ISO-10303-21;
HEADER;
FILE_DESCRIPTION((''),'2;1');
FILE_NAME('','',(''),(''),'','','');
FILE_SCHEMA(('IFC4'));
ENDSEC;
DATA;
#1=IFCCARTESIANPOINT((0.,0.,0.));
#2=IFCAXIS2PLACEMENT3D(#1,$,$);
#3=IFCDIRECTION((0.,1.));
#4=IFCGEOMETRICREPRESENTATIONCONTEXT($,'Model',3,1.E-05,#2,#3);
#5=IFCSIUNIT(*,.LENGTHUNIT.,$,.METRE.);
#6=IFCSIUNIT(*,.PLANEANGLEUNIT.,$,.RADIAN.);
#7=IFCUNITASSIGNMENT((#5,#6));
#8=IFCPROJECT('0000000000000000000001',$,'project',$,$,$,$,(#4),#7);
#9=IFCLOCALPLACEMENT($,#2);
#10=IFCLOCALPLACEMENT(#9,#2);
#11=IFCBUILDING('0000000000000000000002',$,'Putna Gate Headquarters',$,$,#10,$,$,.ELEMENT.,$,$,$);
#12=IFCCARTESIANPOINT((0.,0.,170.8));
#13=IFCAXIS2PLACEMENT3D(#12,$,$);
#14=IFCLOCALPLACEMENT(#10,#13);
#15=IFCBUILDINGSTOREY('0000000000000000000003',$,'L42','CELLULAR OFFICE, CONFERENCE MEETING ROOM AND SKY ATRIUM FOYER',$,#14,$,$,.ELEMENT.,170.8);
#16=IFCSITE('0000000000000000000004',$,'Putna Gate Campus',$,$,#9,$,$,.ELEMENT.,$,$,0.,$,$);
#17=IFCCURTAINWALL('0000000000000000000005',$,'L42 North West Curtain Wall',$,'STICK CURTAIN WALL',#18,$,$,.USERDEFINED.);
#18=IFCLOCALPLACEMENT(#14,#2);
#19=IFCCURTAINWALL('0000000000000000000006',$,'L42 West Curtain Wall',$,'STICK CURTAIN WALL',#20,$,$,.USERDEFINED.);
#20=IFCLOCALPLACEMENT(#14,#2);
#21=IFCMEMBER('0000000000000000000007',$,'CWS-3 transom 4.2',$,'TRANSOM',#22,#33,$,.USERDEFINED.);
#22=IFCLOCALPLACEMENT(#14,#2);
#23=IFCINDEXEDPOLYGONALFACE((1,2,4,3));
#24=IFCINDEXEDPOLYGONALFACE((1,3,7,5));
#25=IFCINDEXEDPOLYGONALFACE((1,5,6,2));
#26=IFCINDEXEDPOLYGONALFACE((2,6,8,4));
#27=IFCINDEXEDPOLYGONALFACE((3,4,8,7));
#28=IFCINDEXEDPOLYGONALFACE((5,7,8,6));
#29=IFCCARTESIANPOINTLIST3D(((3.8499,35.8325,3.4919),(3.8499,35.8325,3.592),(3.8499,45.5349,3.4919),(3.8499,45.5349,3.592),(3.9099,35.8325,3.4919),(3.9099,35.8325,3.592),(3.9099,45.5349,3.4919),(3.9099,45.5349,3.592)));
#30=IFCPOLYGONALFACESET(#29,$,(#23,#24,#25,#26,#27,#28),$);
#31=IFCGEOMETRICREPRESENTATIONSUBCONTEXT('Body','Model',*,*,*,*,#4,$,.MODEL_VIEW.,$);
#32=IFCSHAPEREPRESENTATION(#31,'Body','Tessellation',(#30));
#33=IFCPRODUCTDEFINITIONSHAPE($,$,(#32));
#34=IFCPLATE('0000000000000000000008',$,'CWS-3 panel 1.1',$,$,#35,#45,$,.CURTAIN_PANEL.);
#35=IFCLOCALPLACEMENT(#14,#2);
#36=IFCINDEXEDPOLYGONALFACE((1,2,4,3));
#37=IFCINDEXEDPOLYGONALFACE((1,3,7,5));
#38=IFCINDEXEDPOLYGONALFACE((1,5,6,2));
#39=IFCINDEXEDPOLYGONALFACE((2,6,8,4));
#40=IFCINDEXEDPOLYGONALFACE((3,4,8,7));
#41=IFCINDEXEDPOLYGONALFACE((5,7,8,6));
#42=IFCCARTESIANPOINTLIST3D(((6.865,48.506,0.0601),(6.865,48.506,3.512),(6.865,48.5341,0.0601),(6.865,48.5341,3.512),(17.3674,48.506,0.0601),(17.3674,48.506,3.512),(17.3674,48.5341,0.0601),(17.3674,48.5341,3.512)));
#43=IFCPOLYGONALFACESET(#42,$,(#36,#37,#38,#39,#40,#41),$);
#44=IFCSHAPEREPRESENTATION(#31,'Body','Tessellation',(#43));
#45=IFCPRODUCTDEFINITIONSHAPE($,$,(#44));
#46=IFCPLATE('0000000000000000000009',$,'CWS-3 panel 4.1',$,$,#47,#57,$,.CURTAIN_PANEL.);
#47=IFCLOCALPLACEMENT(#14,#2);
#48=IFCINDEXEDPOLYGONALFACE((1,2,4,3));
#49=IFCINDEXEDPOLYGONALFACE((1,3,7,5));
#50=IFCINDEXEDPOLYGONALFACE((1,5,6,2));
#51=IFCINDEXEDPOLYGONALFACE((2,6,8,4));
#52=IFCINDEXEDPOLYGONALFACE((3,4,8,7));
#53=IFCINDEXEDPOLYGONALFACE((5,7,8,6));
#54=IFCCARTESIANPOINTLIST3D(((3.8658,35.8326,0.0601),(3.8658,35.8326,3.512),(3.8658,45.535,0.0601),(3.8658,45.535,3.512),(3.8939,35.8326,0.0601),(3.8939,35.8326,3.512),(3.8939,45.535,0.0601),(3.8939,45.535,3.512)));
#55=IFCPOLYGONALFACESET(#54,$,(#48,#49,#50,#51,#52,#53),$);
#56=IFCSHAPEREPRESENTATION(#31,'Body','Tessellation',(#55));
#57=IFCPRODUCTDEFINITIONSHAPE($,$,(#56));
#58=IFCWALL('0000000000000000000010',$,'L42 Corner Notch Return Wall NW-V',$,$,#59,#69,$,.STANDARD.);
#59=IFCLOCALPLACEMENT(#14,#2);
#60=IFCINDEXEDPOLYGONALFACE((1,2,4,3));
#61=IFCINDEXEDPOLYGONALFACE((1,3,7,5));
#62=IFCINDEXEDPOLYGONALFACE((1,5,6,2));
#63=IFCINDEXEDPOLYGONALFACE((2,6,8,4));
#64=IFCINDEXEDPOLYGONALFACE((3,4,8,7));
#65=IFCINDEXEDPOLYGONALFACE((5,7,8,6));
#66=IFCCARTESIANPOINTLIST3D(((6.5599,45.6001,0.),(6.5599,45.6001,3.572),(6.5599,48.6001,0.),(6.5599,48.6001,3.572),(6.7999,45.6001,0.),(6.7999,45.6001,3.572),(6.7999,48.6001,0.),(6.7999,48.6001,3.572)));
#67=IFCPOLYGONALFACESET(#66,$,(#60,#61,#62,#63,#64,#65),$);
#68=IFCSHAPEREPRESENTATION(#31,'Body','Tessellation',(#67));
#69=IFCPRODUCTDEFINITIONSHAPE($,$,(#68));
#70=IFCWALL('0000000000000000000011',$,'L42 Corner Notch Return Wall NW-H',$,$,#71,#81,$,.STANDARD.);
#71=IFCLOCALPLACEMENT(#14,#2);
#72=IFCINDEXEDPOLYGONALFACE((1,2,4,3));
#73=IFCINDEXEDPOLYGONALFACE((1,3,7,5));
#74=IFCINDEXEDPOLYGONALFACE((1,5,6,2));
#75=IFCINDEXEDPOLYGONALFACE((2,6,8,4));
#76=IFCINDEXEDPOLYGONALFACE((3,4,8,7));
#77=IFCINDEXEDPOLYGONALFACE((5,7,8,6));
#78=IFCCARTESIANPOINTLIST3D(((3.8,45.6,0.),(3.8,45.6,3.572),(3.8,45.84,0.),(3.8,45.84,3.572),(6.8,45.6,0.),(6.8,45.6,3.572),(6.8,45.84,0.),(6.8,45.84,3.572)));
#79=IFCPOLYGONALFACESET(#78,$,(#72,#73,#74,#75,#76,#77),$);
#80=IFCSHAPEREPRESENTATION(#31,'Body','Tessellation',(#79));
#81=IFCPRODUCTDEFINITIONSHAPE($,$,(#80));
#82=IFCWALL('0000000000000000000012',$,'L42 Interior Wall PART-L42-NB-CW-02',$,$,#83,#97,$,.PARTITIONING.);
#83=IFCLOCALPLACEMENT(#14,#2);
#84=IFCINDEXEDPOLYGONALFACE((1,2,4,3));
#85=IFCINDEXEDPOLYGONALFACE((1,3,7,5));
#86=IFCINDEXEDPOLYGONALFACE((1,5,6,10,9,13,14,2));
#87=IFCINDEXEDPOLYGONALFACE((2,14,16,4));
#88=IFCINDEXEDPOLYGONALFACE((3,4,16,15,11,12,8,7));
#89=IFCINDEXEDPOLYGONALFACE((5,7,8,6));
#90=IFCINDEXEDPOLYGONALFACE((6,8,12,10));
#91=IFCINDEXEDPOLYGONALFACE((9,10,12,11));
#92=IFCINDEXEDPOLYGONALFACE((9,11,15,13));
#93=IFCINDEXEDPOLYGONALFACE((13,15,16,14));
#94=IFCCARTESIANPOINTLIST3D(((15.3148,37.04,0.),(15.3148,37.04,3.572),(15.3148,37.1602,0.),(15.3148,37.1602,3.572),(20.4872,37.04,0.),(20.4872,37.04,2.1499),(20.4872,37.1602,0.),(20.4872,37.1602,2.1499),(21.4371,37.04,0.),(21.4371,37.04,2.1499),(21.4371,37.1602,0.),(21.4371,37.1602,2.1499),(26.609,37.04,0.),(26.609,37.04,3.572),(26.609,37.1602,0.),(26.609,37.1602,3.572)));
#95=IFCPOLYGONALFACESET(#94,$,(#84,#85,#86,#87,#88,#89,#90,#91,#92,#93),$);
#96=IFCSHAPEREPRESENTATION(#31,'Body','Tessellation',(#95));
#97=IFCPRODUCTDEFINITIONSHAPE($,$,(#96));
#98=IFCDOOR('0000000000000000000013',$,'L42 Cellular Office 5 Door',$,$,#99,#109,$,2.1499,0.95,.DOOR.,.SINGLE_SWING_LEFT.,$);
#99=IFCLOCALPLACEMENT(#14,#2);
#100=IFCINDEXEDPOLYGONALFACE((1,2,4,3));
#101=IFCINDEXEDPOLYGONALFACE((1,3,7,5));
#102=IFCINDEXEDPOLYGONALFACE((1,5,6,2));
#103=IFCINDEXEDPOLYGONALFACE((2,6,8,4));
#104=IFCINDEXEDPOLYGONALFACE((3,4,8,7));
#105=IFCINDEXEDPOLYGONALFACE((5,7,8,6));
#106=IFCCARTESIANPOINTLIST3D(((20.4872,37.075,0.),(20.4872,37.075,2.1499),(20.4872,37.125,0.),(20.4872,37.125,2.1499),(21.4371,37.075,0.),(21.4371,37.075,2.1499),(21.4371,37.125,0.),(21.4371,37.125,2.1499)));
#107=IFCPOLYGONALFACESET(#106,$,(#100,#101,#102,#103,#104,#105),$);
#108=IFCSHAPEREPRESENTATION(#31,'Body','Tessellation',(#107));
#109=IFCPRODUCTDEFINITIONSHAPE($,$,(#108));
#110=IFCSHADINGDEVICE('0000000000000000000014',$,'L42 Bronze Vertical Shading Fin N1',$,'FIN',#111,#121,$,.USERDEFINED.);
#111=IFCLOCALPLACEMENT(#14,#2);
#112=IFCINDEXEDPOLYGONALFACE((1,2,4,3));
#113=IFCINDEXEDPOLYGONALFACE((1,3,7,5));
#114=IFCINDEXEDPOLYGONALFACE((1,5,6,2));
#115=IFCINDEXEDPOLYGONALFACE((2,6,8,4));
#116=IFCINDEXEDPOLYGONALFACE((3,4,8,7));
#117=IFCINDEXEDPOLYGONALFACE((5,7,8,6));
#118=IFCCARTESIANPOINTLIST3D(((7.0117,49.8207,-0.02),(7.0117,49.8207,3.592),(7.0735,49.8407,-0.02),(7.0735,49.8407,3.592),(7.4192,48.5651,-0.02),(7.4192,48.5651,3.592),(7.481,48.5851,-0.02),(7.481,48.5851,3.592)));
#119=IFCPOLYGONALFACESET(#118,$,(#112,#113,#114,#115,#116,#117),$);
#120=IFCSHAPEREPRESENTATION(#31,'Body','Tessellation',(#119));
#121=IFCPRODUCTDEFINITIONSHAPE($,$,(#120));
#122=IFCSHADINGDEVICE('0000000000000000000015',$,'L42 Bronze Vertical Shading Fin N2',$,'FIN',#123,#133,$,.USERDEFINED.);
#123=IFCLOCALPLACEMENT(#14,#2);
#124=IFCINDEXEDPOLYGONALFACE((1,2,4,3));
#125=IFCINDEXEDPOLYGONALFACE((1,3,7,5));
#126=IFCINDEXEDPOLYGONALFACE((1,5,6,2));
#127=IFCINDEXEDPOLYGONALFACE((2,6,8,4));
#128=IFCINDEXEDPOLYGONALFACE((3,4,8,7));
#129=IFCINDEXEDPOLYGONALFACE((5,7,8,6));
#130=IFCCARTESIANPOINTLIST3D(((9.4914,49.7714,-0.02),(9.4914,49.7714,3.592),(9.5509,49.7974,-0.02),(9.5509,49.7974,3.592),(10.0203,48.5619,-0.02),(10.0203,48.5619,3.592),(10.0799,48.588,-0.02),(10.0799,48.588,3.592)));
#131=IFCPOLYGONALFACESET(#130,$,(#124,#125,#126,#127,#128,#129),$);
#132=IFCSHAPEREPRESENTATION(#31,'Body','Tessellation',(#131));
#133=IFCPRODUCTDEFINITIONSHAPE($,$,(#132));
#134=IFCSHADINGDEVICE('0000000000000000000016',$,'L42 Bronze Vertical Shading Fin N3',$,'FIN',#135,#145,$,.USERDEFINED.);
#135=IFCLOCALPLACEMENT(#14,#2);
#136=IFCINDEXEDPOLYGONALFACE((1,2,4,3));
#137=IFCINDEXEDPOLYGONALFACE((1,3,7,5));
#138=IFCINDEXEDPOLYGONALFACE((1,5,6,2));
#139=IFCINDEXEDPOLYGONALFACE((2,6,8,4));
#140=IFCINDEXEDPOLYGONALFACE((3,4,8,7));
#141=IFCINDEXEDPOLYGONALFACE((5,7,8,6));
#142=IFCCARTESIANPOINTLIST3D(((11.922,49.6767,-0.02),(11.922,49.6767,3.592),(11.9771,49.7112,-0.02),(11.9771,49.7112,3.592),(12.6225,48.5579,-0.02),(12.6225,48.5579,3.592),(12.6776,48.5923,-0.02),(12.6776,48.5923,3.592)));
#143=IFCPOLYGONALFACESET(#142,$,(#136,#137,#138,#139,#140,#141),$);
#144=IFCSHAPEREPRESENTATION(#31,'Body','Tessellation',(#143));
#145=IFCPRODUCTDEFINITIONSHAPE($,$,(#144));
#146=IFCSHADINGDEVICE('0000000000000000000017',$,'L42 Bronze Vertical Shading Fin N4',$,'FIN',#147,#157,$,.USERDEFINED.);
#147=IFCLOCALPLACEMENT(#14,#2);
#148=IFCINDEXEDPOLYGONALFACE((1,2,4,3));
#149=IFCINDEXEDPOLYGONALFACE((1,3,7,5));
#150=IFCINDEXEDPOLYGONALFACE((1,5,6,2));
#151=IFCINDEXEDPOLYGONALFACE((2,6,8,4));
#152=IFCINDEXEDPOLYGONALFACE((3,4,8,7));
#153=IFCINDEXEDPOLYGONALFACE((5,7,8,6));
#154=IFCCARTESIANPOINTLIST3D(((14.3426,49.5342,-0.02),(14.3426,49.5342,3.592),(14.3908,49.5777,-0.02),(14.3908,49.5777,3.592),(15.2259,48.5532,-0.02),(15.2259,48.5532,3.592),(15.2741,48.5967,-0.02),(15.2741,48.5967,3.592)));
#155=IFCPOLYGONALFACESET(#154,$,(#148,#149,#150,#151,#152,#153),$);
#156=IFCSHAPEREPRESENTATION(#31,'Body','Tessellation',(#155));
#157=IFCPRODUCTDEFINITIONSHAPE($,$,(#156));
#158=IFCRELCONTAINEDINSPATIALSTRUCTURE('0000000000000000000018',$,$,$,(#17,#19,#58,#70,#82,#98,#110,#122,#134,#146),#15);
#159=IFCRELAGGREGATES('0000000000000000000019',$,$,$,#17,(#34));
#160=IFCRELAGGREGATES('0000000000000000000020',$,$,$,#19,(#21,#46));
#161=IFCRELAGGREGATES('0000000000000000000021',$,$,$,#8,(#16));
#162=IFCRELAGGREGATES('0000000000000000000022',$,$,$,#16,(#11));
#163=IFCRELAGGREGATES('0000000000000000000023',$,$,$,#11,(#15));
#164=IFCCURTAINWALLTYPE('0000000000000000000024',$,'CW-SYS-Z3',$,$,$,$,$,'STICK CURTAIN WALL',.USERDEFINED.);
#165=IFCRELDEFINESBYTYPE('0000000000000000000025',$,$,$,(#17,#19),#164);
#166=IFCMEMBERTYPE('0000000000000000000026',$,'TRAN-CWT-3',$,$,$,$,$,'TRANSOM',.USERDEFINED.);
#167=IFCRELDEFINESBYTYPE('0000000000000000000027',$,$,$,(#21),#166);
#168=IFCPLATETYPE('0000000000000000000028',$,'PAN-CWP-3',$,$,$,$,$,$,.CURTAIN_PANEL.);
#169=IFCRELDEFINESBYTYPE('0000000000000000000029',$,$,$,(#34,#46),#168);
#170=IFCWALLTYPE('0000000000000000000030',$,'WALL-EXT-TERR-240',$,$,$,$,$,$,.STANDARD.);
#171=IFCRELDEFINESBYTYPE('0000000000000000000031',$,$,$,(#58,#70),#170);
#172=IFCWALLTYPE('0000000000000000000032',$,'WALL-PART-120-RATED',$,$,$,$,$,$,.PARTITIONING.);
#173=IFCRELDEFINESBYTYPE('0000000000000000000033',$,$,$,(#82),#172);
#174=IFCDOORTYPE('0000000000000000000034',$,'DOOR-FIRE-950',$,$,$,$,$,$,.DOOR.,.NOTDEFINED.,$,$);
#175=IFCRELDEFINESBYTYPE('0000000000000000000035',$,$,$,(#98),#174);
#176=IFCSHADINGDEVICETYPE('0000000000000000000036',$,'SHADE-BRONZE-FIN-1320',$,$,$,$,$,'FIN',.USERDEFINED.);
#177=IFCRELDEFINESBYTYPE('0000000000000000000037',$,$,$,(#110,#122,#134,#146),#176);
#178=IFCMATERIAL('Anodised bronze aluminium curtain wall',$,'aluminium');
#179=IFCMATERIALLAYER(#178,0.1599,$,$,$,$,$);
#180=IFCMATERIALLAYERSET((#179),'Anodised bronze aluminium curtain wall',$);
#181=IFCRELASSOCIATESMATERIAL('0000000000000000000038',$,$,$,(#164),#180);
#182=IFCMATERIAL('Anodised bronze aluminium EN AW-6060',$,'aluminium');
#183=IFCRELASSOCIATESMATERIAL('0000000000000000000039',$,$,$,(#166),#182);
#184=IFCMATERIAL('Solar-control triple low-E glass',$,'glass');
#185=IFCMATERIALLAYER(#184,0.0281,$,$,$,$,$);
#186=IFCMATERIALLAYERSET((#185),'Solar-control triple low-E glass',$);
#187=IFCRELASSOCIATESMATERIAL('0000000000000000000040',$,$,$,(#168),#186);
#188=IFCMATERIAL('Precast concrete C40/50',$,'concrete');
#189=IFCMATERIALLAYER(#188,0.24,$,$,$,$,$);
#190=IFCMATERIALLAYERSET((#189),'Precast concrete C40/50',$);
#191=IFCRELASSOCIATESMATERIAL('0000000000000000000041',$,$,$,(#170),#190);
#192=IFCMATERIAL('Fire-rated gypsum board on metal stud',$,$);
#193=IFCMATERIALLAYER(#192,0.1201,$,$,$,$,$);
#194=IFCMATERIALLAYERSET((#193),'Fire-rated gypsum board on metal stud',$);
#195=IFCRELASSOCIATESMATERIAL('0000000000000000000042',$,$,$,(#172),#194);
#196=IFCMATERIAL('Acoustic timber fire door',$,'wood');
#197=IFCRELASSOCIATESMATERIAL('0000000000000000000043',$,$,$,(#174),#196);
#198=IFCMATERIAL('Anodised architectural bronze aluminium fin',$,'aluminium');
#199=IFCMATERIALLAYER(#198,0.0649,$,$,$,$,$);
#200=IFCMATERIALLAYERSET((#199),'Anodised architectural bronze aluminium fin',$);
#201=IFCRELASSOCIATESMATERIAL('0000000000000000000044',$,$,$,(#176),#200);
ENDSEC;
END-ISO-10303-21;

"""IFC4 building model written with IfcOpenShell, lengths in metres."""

from ifc_helpers import new_model, si_unit, direction, frame, frame_2d, origin, origin_2d, place, context, subcontext, project, spatial, rectangle, extrude, material, layer, layer_set, material_profile, profile_set, type_object, element, fill, aggregate, save


model = new_model("IFC4")

# Units and contexts
model_context = context("Model", 3, precision=1e-05, world=origin(), true_north=direction((0.0, 1.0)))
body_context = subcontext(model_context, "Body", "Model", "MODEL_VIEW")
ifc_project = project(units=[si_unit("LENGTHUNIT", "METRE"), si_unit("PLANEANGLEUNIT", "RADIAN")], contexts=[model_context])

# Site, building, storey
site_placement = place(None, origin())
site = spatial("IfcSite", under=ifc_project, at=site_placement, Name="Putna Gate Campus", CompositionType="ELEMENT", RefElevation=0.0)
building_placement = place(site_placement, origin())
building = spatial("IfcBuilding", under=site, at=building_placement, Name="Putna Gate Headquarters", CompositionType="ELEMENT")
storey_placement = place(building_placement, frame((0.0, 0.0, 170.8)))
storey = spatial("IfcBuildingStorey", under=building, at=storey_placement, Name="L42", Description="CELLULAR OFFICE, CONFERENCE MEETING ROOM AND SKY ATRIUM FOYER", CompositionType="ELEMENT", Elevation=170.8)

# Curtain wall
ifc_material_1 = material(Name="Anodised bronze aluminium curtain wall", Category="aluminium")
ifc_layer_1 = layer(ifc_material_1, 0.1599)
ifc_layer_set_1 = layer_set([ifc_layer_1], Name="Anodised bronze aluminium curtain wall")
curtain_wall_type = type_object("IfcCurtainWallType", Name="CW-SYS-Z3", ElementType="STICK CURTAIN WALL", PredefinedType="USERDEFINED", material=ifc_layer_set_1)
curtain_wall_1_placement = place(storey_placement, origin())
curtain_wall_1 = element("IfcCurtainWall", 1, at=curtain_wall_1_placement, inside=storey, type_object=curtain_wall_type, Name="L42 North West Curtain Wall", ObjectType="STICK CURTAIN WALL", PredefinedType="USERDEFINED")
ifc_material_2 = material(Name="Anodised bronze aluminium EN AW-6060", Category="aluminium")

# Curtain wall
curtain_wall_2_placement = place(storey_placement, origin())
curtain_wall_2 = element("IfcCurtainWall", 2, at=curtain_wall_2_placement, inside=storey, type_object=curtain_wall_type, Name="L42 West Curtain Wall", ObjectType="STICK CURTAIN WALL", PredefinedType="USERDEFINED")

# Member
ifc_material_profile_1 = material_profile(ifc_material_2, rectangle(XDim=0.0601, YDim=0.1001, at=origin_2d()), Name="Anodised bronze aluminium EN AW-6060")
ifc_profile_set_1 = profile_set([ifc_material_profile_1], Name="Anodised bronze aluminium EN AW-6060")
member_type_1 = type_object("IfcMemberType", Name="TRAN-CWT-3", ElementType="TRANSOM", PredefinedType="USERDEFINED", material=ifc_profile_set_1)
member_1_placement = place(storey_placement, frame((3.8799, 35.8325, 3.542), z_axis=(0.0, 1.0, 0.0), x_axis=(-1.0, 0.0, 0.0)))
member_1 = element("IfcMember", 3, at=member_1_placement, type_object=member_type_1, Name="CWS-3 transom 4.2", ObjectType="TRANSOM", PredefinedType="USERDEFINED", context=body_context, shape_type="SweptSolid", body=[
    extrude(rectangle(XDim=0.0601, YDim=0.1001, at=origin_2d()), origin(), (0.0, 0.0, 1.0), 9.7024),
])

# Plates
ifc_material_3 = material(Name="Solar-control triple low-E glass", Category="glass")
ifc_layer_2 = layer(ifc_material_3, 0.0281)
ifc_layer_set_2 = layer_set([ifc_layer_2], Name="Solar-control triple low-E glass")
plate_type = type_object("IfcPlateType", Name="PAN-CWP-3", PredefinedType="CURTAIN_PANEL", material=ifc_layer_set_2)
plate_1_placement = place(storey_placement, frame((12.1162, 48.52, 0.0601), z_axis=(0.0, 0.0, 1.0), x_axis=(1.0, 0.0, 0.0)))
plate_1 = element("IfcPlate", 4, at=plate_1_placement, type_object=plate_type, Name="CWS-3 panel 1.1", PredefinedType="CURTAIN_PANEL", context=body_context, shape_type="SweptSolid", body=[
    extrude(rectangle(XDim=10.5024, YDim=0.0281, at=origin_2d()), origin(), (0.0, 0.0, 1.0), 3.4519),
])
aggregate(curtain_wall_1, [plate_1])
plate_2_placement = place(storey_placement, frame((3.8799, 40.6838, 0.0601), z_axis=(0.0, 0.0, 1.0), x_axis=(0.0, 1.0, 0.0)))
plate_2 = element("IfcPlate", 5, at=plate_2_placement, type_object=plate_type, Name="CWS-3 panel 4.1", PredefinedType="CURTAIN_PANEL", context=body_context, shape_type="SweptSolid", body=[
    extrude(rectangle(XDim=9.7024, YDim=0.0281, at=origin_2d()), origin(), (0.0, 0.0, 1.0), 3.4519),
])
aggregate(curtain_wall_2, [member_1, plate_2])

# Walls
ifc_material_4 = material(Name="Precast concrete C40/50", Category="concrete")
ifc_layer_3 = layer(ifc_material_4, 0.24)
ifc_layer_set_3 = layer_set([ifc_layer_3], Name="Precast concrete C40/50")
wall_type_1 = type_object("IfcWallType", Name="WALL-EXT-TERR-240", PredefinedType="STANDARD", material=ifc_layer_set_3)
for number, where, z_axis, x_axis, name in (
    (6, (6.6799, 45.6001, 0.0), (0.0, 0.0, 1.0), (0.0, 1.0, 0.0), "L42 Corner Notch Return Wall NW-V"),
    (7, (3.8, 45.72, 0.0), (0.0, 0.0, 1.0), (1.0, 0.0, 0.0), "L42 Corner Notch Return Wall NW-H"),
):
    element("IfcWall", number, at=place(storey_placement, frame(where, z_axis=z_axis, x_axis=x_axis)), inside=storey, type_object=wall_type_1, Name=name, PredefinedType="STANDARD", context=body_context, shape_type="SweptSolid", body=[
        extrude(rectangle(XDim=3.0, YDim=0.24, at=frame_2d((1.5, 0.0))), origin(), (0.0, 0.0, 1.0), 3.572),
    ])

# Wall, opening, door
ifc_material_5 = material(Name="Fire-rated gypsum board on metal stud")
ifc_layer_4 = layer(ifc_material_5, 0.1201)
ifc_layer_set_4 = layer_set([ifc_layer_4], Name="Fire-rated gypsum board on metal stud")
wall_type_2 = type_object("IfcWallType", Name="WALL-PART-120-RATED", PredefinedType="PARTITIONING", material=ifc_layer_set_4)
wall_placement = place(storey_placement, frame((15.3149, 37.1001, 0.0), z_axis=(0.0, 0.0, 1.0), x_axis=(1.0, 0.0, 0.0)))
wall = element("IfcWall", 8, at=wall_placement, inside=storey, type_object=wall_type_2, Name="L42 Interior Wall PART-L42-NB-CW-02", PredefinedType="PARTITIONING", context=body_context, shape_type="SweptSolid", body=[
    extrude(rectangle(XDim=11.2942, YDim=0.1201, at=frame_2d((5.647, 0.0))), origin(), (0.0, 0.0, 1.0), 3.572),
])
opening_placement = place(wall_placement, frame((5.1721, 0.0, 0.0)))
opening = element("IfcOpeningElement", 9, at=opening_placement, cuts=wall, PredefinedType="OPENING", context=body_context, shape_type="SweptSolid", body=[
    extrude(rectangle(XDim=0.95, YDim=2.1499, at=frame_2d((0.4751, 1.075))), frame((0.0, 0.0701, 0.0), z_axis=(0.0, -1.0, 0.0), x_axis=(1.0, 0.0, 0.0)), (0.0, 0.0, 1.0), 0.1401),
])
ifc_material_6 = material(Name="Acoustic timber fire door", Category="wood")
door_type = type_object("IfcDoorType", Name="DOOR-FIRE-950", OperationType="NOTDEFINED", PredefinedType="DOOR", material=ifc_material_6)
door_placement = place(opening_placement, origin())
door = element("IfcDoor", 10, at=door_placement, inside=storey, type_object=door_type, Name="L42 Cellular Office 5 Door", OperationType="SINGLE_SWING_LEFT", OverallHeight=2.1499, OverallWidth=0.95, PredefinedType="DOOR", context=body_context, shape_type="SweptSolid", body=[
    extrude(rectangle(XDim=0.95, YDim=2.1499, at=frame_2d((0.4751, 1.075))), frame((0.0, 0.0249, 0.0), z_axis=(0.0, -1.0, 0.0), x_axis=(1.0, 0.0, 0.0)), (0.0, 0.0, 1.0), 0.05),
])
fill(opening, door)

# Shading devices
ifc_material_7 = material(Name="Anodised architectural bronze aluminium fin", Category="aluminium")
ifc_layer_5 = layer(ifc_material_7, 0.0649)
ifc_layer_set_5 = layer_set([ifc_layer_5], Name="Anodised architectural bronze aluminium fin")
shading_device_type = type_object("IfcShadingDeviceType", Name="SHADE-BRONZE-FIN-1320", ElementType="FIN", PredefinedType="USERDEFINED", material=ifc_layer_set_5)
for number, where, z_axis, x_axis, name in (
    (11, (7.2463, 49.2029, -0.02), (0.0, 0.0, 1.0), (-0.308685, 0.951164, 0.0), "L42 Bronze Vertical Shading Fin N1"),
    (12, (9.7856, 49.1797, -0.02), (0.0, 0.0, 1.0), (-0.400669, 0.916223, 0.0), "L42 Bronze Vertical Shading Fin N2"),
    (13, (12.2998, 49.1345, -0.02), (0.0, 0.0, 1.0), (-0.530659, 0.847585, 0.0), "L42 Bronze Vertical Shading Fin N3"),
    (14, (14.8083, 49.0654, -0.02), (0.0, 0.0, 1.0), (-0.669131, 0.743145, 0.0), "L42 Bronze Vertical Shading Fin N4"),
):
    element("IfcShadingDevice", number, at=place(storey_placement, frame(where, z_axis=z_axis, x_axis=x_axis)), inside=storey, type_object=shading_device_type, Name=name, ObjectType="FIN", PredefinedType="USERDEFINED", context=body_context, shape_type="SweptSolid", body=[
        extrude(rectangle(XDim=1.3201, YDim=0.0649, at=origin_2d()), origin(), (0.0, 0.0, 1.0), 3.6121),
    ])

save(model, "model.ifc")
